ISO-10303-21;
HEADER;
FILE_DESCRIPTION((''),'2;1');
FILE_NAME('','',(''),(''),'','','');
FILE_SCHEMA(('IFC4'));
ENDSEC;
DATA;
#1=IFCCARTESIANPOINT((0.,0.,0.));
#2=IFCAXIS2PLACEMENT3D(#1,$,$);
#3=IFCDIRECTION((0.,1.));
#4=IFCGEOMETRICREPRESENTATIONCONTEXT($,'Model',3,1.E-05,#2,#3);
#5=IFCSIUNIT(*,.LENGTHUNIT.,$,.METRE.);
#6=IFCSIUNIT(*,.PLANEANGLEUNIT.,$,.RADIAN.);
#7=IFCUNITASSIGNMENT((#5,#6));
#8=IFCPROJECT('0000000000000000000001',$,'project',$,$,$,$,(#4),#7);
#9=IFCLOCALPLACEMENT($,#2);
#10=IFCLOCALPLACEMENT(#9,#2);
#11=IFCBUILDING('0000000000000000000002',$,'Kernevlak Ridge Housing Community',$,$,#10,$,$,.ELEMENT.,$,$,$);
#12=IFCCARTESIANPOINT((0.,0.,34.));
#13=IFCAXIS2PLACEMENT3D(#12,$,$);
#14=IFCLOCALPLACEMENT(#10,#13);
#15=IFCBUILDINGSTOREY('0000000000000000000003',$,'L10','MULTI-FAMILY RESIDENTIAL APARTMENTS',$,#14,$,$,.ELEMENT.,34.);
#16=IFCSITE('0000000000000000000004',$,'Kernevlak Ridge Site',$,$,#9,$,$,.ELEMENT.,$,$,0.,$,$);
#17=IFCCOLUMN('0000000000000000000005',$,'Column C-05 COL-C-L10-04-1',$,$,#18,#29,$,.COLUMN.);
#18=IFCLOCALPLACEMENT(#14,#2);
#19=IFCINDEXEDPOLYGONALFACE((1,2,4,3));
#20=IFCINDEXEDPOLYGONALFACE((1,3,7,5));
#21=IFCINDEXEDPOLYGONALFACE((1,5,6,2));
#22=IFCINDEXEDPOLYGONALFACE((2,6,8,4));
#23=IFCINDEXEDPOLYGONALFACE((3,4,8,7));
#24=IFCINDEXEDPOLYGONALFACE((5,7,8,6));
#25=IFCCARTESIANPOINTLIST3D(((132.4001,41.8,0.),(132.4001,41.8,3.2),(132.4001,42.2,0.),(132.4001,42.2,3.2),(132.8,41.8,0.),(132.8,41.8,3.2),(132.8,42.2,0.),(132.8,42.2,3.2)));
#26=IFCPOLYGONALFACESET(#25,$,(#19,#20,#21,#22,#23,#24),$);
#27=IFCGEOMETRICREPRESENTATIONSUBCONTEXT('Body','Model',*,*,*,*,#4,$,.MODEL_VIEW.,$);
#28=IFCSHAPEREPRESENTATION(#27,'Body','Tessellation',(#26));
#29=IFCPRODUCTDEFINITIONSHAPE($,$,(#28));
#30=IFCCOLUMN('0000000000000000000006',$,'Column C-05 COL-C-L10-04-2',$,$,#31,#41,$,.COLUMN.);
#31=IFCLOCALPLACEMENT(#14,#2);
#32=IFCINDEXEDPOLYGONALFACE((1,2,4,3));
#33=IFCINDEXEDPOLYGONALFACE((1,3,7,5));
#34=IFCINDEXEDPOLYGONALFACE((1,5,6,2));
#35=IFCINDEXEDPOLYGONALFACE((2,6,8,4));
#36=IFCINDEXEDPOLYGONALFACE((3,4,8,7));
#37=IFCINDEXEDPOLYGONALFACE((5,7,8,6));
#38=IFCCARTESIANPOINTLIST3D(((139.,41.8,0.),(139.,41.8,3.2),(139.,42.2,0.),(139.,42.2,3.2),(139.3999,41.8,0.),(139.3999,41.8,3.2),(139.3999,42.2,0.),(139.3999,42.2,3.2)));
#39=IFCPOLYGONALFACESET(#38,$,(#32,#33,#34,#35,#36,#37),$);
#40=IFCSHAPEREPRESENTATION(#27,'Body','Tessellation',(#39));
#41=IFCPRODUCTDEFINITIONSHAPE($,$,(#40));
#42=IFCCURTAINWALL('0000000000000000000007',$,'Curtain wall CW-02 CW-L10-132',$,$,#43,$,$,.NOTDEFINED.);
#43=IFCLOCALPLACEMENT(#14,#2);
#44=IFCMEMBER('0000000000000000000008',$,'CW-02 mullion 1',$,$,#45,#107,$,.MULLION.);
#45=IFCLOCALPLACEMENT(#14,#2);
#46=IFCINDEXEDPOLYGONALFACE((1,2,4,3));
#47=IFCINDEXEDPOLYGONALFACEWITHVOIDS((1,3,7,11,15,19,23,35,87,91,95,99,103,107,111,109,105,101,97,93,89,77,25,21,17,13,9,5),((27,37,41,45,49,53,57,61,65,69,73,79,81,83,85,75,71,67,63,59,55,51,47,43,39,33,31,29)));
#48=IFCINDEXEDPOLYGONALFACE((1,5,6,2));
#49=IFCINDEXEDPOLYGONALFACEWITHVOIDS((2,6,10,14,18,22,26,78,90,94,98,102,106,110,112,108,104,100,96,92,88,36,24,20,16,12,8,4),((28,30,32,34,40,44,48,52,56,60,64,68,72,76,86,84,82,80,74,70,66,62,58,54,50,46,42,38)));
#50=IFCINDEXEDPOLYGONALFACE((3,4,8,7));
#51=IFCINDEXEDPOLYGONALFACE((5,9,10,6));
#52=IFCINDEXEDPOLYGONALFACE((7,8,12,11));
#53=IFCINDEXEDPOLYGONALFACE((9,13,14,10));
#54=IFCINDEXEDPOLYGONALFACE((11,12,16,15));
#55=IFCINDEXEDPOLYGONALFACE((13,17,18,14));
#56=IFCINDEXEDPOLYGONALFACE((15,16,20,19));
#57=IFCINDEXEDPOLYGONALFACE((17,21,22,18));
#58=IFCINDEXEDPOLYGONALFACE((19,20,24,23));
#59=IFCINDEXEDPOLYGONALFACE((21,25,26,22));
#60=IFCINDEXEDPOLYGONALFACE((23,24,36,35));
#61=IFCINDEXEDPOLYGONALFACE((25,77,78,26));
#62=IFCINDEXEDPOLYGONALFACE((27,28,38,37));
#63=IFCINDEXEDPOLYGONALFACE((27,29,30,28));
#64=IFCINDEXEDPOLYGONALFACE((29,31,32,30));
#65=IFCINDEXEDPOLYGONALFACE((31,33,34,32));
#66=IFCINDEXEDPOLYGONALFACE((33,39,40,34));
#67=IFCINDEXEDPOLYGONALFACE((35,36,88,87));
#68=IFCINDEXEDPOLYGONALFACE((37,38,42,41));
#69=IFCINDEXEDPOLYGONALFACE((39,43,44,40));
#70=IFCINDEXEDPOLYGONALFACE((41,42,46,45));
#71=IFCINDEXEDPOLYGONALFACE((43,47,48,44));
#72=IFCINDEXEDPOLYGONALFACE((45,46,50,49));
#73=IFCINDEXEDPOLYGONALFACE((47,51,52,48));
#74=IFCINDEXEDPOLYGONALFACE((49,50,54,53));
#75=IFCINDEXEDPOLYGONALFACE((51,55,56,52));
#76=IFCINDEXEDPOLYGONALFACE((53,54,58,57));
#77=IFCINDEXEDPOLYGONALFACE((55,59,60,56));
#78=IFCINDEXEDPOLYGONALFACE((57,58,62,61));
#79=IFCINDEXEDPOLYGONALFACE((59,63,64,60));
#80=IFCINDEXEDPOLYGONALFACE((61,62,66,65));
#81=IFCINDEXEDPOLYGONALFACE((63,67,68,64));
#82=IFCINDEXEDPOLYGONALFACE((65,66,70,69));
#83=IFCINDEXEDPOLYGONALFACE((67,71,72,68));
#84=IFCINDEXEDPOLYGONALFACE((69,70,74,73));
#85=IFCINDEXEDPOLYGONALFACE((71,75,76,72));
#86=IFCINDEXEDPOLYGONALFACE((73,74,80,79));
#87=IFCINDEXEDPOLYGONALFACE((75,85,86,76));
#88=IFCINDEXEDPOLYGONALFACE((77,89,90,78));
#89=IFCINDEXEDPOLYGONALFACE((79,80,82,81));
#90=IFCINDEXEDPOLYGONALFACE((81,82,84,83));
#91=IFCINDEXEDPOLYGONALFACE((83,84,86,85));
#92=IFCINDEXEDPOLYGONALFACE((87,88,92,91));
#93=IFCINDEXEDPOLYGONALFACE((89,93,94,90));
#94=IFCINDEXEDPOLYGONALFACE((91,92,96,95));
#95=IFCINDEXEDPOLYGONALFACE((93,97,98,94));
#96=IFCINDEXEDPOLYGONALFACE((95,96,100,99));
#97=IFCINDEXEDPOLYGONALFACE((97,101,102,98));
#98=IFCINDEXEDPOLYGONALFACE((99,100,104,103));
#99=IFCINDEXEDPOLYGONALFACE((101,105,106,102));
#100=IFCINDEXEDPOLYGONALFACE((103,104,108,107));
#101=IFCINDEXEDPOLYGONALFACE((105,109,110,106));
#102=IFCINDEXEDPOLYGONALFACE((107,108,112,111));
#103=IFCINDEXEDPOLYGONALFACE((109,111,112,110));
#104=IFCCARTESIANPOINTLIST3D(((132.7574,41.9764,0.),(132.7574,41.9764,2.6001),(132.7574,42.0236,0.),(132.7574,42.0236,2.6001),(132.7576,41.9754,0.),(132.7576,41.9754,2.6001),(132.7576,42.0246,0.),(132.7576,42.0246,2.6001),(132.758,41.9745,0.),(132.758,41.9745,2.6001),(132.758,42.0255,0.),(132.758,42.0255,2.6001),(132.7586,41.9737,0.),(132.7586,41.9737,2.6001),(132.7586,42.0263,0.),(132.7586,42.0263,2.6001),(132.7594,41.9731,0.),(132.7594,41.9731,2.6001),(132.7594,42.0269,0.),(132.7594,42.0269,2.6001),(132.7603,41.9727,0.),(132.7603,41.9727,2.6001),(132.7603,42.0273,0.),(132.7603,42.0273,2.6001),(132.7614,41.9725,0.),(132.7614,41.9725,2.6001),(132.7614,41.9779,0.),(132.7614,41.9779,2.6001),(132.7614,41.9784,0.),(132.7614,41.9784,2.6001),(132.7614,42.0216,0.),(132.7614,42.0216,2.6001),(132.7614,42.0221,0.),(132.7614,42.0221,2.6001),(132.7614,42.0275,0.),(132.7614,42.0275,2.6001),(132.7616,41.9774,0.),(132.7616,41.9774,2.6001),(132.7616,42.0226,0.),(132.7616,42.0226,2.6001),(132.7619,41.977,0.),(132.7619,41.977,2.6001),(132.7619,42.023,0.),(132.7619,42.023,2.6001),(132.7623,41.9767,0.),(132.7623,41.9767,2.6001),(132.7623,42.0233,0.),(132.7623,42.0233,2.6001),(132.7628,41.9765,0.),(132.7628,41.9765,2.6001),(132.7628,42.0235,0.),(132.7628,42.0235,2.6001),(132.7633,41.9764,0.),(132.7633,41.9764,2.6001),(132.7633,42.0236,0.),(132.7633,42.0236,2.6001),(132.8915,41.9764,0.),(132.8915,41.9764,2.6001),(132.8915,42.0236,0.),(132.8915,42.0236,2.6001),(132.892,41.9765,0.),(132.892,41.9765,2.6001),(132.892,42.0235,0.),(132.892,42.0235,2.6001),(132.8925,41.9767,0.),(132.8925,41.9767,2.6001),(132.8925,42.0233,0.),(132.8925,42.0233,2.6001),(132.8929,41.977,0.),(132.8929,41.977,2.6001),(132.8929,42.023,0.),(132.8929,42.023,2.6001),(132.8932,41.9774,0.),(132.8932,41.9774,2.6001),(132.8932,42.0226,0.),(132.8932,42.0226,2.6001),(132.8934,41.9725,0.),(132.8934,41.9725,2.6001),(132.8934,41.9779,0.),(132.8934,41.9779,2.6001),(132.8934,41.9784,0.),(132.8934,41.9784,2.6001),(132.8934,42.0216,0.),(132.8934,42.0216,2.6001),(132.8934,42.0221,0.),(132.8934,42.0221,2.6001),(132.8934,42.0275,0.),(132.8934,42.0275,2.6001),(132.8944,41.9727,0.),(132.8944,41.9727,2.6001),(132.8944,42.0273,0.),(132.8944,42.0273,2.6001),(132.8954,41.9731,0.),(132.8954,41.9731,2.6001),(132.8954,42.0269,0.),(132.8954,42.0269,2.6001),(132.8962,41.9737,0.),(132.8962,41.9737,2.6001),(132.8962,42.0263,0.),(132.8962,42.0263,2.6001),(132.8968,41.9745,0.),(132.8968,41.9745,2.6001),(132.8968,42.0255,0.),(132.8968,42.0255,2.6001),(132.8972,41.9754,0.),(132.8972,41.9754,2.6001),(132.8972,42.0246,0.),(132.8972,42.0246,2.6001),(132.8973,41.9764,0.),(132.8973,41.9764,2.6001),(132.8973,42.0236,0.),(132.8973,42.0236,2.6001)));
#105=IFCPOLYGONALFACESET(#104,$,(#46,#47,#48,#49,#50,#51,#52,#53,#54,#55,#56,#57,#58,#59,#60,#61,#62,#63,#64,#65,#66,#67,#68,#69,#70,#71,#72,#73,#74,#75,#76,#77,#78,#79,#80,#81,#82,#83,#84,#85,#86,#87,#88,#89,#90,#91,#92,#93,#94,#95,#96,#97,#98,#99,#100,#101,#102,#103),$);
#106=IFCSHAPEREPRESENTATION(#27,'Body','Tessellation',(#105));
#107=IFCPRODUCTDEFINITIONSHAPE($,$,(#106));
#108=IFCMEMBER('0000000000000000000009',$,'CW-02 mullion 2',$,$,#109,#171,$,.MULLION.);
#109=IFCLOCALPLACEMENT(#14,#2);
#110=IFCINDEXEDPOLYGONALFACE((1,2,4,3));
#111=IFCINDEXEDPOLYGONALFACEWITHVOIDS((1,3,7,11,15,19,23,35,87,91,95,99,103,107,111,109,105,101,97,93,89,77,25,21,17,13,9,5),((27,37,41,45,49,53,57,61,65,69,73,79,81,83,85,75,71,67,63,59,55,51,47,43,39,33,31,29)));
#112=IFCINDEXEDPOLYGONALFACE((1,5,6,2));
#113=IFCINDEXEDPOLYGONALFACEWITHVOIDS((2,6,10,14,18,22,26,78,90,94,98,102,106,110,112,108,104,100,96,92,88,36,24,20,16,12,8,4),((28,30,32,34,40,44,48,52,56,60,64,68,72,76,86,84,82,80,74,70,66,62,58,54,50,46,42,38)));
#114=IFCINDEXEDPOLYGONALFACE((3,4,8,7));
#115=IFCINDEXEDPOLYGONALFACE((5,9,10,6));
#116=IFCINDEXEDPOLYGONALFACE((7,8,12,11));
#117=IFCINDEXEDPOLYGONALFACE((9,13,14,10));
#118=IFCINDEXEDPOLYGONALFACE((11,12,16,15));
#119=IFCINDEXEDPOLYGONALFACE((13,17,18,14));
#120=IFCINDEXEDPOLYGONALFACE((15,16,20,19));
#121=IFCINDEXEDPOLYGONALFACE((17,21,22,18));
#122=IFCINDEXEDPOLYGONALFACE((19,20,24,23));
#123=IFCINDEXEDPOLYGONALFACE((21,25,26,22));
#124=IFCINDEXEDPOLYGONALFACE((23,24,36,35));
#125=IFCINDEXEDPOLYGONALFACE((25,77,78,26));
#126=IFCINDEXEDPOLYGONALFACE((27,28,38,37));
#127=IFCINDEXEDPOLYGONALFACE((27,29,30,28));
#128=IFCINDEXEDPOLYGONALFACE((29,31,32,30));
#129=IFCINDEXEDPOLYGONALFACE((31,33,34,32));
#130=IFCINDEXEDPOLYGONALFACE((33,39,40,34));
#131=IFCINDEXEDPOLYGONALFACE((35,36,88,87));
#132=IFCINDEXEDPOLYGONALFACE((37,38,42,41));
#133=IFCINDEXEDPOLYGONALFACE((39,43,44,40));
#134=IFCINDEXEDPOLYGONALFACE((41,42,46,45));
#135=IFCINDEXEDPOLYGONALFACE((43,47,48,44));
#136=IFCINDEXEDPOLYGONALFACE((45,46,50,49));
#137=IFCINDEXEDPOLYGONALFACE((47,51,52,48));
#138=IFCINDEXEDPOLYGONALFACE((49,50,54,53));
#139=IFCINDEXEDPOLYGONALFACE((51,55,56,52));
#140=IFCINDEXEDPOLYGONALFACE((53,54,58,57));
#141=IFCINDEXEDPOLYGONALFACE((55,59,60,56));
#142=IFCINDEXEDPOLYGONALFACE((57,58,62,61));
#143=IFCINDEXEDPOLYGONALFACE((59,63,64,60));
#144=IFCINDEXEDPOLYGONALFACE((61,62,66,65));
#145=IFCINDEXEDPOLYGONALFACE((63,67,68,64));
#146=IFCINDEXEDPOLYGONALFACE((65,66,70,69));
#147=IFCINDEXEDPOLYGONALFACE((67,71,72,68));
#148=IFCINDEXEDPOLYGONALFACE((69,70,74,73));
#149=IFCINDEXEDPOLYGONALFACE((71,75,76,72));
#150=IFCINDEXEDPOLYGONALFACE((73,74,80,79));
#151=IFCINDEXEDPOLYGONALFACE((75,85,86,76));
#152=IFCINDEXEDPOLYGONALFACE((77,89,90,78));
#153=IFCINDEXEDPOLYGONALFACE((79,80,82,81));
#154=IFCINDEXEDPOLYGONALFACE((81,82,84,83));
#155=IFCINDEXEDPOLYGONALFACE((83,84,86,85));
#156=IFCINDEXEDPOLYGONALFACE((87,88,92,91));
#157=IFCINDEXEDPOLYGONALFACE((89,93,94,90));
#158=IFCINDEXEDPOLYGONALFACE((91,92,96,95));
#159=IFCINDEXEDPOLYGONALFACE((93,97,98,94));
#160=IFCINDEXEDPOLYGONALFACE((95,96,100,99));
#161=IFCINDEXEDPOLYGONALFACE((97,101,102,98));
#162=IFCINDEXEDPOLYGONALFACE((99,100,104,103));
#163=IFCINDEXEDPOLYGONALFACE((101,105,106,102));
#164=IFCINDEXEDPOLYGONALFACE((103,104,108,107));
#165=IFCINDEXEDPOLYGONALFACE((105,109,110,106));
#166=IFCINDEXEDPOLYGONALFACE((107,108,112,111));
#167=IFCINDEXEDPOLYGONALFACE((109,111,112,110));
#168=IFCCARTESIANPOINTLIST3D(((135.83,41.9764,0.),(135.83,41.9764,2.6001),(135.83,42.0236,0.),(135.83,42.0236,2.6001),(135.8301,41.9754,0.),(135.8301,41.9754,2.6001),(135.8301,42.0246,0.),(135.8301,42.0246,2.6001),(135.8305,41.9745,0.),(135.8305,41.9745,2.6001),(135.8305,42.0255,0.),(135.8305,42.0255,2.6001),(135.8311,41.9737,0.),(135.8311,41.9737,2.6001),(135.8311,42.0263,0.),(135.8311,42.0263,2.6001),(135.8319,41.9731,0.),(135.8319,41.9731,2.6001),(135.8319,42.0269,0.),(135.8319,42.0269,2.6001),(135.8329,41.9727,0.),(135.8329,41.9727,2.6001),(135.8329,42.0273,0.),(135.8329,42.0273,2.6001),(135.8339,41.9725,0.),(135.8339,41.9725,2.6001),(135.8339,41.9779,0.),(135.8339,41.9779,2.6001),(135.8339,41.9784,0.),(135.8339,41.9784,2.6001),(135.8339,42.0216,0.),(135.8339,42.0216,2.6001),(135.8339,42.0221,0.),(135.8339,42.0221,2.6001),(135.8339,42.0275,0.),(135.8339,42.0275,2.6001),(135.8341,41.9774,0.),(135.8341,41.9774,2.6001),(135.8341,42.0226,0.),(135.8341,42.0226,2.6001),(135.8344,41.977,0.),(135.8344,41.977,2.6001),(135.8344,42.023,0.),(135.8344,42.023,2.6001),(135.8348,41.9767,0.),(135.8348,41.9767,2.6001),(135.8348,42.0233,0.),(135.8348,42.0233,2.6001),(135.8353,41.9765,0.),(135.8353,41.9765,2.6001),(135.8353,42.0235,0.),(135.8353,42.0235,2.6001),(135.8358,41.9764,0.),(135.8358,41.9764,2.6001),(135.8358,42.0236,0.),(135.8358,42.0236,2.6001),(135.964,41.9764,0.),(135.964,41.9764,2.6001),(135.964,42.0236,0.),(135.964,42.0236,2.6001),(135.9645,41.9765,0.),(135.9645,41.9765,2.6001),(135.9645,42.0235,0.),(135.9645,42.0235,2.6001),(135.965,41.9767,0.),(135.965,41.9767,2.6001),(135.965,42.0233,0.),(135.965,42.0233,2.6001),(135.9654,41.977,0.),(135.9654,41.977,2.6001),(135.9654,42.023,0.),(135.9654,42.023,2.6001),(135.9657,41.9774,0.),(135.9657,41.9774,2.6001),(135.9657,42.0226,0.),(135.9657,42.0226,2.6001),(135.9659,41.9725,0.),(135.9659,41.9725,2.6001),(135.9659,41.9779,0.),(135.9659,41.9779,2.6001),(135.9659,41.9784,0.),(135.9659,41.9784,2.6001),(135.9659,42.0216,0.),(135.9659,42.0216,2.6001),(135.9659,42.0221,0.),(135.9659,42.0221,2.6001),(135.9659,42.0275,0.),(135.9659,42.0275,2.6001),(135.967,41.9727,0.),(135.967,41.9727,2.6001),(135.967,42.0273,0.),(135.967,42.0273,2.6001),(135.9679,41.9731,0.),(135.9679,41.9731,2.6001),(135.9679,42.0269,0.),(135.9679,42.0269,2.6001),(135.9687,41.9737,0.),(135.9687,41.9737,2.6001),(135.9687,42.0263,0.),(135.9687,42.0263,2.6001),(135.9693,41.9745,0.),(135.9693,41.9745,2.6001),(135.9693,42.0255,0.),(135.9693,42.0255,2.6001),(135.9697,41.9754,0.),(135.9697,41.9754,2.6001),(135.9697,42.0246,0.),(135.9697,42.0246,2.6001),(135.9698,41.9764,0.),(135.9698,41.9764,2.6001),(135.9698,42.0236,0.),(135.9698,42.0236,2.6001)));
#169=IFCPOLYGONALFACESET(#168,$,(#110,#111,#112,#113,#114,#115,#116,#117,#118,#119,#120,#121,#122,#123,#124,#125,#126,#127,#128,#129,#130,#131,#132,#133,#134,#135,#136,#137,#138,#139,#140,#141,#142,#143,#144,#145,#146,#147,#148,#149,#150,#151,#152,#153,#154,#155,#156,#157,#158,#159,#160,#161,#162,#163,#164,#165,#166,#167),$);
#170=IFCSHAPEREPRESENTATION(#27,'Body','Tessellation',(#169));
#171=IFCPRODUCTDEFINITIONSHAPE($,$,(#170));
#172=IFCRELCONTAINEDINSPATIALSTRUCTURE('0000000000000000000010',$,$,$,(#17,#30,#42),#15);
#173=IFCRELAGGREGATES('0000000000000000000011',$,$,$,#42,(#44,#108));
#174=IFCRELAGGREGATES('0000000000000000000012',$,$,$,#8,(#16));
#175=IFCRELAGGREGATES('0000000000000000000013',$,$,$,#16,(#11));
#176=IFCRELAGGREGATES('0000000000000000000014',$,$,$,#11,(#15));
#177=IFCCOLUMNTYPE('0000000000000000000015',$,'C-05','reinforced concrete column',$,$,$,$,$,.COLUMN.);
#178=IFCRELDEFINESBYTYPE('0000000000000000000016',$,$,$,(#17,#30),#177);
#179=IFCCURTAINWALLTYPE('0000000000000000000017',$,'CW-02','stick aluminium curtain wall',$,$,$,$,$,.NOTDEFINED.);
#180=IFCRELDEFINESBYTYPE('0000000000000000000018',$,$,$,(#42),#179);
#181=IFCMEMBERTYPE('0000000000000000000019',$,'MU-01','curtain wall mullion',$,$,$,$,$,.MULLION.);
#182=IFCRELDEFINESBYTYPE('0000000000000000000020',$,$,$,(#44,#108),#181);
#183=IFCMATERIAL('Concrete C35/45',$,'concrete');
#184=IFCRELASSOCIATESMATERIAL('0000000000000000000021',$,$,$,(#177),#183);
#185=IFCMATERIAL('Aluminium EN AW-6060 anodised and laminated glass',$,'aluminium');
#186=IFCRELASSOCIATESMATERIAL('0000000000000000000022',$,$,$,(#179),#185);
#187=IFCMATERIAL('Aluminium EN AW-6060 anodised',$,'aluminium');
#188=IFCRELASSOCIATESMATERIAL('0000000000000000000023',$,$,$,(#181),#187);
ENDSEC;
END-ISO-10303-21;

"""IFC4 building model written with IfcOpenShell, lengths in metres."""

from ifc_helpers import new_model, si_unit, direction, frame, origin, origin_2d, place, context, subcontext, project, spatial, rectangle, hollow_rectangle, extrude, material, material_profile, profile_set, type_object, element, aggregate, save


model = new_model("IFC4")

# Units and contexts
model_context = context("Model", 3, precision=1e-05, world=origin(), true_north=direction((0.0, 1.0)))
body_context = subcontext(model_context, "Body", "Model", "MODEL_VIEW")
ifc_project = project(units=[si_unit("LENGTHUNIT", "METRE"), si_unit("PLANEANGLEUNIT", "RADIAN")], contexts=[model_context])

# Site, building, storey
site_placement = place(None, origin())
site = spatial("IfcSite", under=ifc_project, at=site_placement, Name="Kernevlak Ridge Site", CompositionType="ELEMENT", RefElevation=0.0)
building_placement = place(site_placement, origin())
building = spatial("IfcBuilding", under=site, at=building_placement, Name="Kernevlak Ridge Housing Community", CompositionType="ELEMENT")
storey_placement = place(building_placement, frame((0.0, 0.0, 34.0)))
storey = spatial("IfcBuildingStorey", under=building, at=storey_placement, Name="L10", Description="MULTI-FAMILY RESIDENTIAL APARTMENTS", CompositionType="ELEMENT", Elevation=34.0)

# Columns
ifc_material_1 = material(Name="Concrete C35/45", Category="concrete")
ifc_material_profile_1 = material_profile(ifc_material_1, rectangle(XDim=0.3999, YDim=0.3999, at=origin_2d()), Name="RC 400x400")
ifc_profile_set_1 = profile_set([ifc_material_profile_1], Name="Concrete C35/45")
column_type = type_object("IfcColumnType", Name="C-05", Description="reinforced concrete column", PredefinedType="COLUMN", material=ifc_profile_set_1)
for number, where, z_axis, x_axis, name in (
    (1, (132.6001, 42.0, 0.0), (0.0, 0.0, 1.0), (1.0, 0.0, 0.0), "Column C-05 COL-C-L10-04-1"),
    (2, (139.2, 42.0, 0.0), (0.0, 0.0, 1.0), (1.0, 0.0, 0.0), "Column C-05 COL-C-L10-04-2"),
):
    element("IfcColumn", number, at=place(storey_placement, frame(where, z_axis=z_axis, x_axis=x_axis)), inside=storey, type_object=column_type, Name=name, PredefinedType="COLUMN", context=body_context, shape_type="SweptSolid", body=[
        extrude(rectangle(XDim=0.3999, YDim=0.3999, at=origin_2d()), origin(), (0.0, 0.0, 1.0), 3.2),
    ])

# Curtain wall, members
ifc_material_2 = material(Name="Aluminium EN AW-6060 anodised and laminated glass", Category="aluminium")
curtain_wall_type = type_object("IfcCurtainWallType", Name="CW-02", Description="stick aluminium curtain wall", PredefinedType="NOTDEFINED", material=ifc_material_2)
curtain_wall_placement = place(storey_placement, origin())
curtain_wall = element("IfcCurtainWall", 3, at=curtain_wall_placement, inside=storey, type_object=curtain_wall_type, Name="Curtain wall CW-02 CW-L10-132", PredefinedType="NOTDEFINED")
ifc_material_3 = material(Name="Aluminium EN AW-6060 anodised", Category="aluminium")
ifc_material_profile_2 = material_profile(ifc_material_3, hollow_rectangle(XDim=0.0549, YDim=0.1399, WallThickness=0.0039, InnerFilletRadius=0.002, OuterFilletRadius=0.0039, at=origin_2d()), Name="ALU 55x140x4")
ifc_profile_set_2 = profile_set([ifc_material_profile_2], Name="Aluminium EN AW-6060 anodised")
member_type_1 = type_object("IfcMemberType", Name="MU-01", Description="curtain wall mullion", PredefinedType="MULLION", material=ifc_profile_set_2)
member_1_placement = place(storey_placement, frame((132.8274, 42.0, 0.0), z_axis=(0.0, 0.0, 1.0), x_axis=(0.0, 1.0, 0.0)))
member_1 = element("IfcMember", 4, at=member_1_placement, type_object=member_type_1, Name="CW-02 mullion 1", PredefinedType="MULLION", context=body_context, shape_type="SweptSolid", body=[
    extrude(hollow_rectangle(XDim=0.0549, YDim=0.1399, WallThickness=0.0039, InnerFilletRadius=0.002, OuterFilletRadius=0.0039, at=origin_2d()), origin(), (0.0, 0.0, 1.0), 2.6001),
])
member_2_placement = place(storey_placement, frame((135.8999, 42.0, 0.0), z_axis=(0.0, 0.0, 1.0), x_axis=(0.0, 1.0, 0.0)))
member_2 = element("IfcMember", 5, at=member_2_placement, type_object=member_type_1, Name="CW-02 mullion 2", PredefinedType="MULLION", context=body_context, shape_type="SweptSolid", body=[
    extrude(hollow_rectangle(XDim=0.0549, YDim=0.1399, WallThickness=0.0039, InnerFilletRadius=0.002, OuterFilletRadius=0.0039, at=origin_2d()), origin(), (0.0, 0.0, 1.0), 2.6001),
])

aggregate(curtain_wall, [member_1, member_2])

save(model, "model.ifc")
